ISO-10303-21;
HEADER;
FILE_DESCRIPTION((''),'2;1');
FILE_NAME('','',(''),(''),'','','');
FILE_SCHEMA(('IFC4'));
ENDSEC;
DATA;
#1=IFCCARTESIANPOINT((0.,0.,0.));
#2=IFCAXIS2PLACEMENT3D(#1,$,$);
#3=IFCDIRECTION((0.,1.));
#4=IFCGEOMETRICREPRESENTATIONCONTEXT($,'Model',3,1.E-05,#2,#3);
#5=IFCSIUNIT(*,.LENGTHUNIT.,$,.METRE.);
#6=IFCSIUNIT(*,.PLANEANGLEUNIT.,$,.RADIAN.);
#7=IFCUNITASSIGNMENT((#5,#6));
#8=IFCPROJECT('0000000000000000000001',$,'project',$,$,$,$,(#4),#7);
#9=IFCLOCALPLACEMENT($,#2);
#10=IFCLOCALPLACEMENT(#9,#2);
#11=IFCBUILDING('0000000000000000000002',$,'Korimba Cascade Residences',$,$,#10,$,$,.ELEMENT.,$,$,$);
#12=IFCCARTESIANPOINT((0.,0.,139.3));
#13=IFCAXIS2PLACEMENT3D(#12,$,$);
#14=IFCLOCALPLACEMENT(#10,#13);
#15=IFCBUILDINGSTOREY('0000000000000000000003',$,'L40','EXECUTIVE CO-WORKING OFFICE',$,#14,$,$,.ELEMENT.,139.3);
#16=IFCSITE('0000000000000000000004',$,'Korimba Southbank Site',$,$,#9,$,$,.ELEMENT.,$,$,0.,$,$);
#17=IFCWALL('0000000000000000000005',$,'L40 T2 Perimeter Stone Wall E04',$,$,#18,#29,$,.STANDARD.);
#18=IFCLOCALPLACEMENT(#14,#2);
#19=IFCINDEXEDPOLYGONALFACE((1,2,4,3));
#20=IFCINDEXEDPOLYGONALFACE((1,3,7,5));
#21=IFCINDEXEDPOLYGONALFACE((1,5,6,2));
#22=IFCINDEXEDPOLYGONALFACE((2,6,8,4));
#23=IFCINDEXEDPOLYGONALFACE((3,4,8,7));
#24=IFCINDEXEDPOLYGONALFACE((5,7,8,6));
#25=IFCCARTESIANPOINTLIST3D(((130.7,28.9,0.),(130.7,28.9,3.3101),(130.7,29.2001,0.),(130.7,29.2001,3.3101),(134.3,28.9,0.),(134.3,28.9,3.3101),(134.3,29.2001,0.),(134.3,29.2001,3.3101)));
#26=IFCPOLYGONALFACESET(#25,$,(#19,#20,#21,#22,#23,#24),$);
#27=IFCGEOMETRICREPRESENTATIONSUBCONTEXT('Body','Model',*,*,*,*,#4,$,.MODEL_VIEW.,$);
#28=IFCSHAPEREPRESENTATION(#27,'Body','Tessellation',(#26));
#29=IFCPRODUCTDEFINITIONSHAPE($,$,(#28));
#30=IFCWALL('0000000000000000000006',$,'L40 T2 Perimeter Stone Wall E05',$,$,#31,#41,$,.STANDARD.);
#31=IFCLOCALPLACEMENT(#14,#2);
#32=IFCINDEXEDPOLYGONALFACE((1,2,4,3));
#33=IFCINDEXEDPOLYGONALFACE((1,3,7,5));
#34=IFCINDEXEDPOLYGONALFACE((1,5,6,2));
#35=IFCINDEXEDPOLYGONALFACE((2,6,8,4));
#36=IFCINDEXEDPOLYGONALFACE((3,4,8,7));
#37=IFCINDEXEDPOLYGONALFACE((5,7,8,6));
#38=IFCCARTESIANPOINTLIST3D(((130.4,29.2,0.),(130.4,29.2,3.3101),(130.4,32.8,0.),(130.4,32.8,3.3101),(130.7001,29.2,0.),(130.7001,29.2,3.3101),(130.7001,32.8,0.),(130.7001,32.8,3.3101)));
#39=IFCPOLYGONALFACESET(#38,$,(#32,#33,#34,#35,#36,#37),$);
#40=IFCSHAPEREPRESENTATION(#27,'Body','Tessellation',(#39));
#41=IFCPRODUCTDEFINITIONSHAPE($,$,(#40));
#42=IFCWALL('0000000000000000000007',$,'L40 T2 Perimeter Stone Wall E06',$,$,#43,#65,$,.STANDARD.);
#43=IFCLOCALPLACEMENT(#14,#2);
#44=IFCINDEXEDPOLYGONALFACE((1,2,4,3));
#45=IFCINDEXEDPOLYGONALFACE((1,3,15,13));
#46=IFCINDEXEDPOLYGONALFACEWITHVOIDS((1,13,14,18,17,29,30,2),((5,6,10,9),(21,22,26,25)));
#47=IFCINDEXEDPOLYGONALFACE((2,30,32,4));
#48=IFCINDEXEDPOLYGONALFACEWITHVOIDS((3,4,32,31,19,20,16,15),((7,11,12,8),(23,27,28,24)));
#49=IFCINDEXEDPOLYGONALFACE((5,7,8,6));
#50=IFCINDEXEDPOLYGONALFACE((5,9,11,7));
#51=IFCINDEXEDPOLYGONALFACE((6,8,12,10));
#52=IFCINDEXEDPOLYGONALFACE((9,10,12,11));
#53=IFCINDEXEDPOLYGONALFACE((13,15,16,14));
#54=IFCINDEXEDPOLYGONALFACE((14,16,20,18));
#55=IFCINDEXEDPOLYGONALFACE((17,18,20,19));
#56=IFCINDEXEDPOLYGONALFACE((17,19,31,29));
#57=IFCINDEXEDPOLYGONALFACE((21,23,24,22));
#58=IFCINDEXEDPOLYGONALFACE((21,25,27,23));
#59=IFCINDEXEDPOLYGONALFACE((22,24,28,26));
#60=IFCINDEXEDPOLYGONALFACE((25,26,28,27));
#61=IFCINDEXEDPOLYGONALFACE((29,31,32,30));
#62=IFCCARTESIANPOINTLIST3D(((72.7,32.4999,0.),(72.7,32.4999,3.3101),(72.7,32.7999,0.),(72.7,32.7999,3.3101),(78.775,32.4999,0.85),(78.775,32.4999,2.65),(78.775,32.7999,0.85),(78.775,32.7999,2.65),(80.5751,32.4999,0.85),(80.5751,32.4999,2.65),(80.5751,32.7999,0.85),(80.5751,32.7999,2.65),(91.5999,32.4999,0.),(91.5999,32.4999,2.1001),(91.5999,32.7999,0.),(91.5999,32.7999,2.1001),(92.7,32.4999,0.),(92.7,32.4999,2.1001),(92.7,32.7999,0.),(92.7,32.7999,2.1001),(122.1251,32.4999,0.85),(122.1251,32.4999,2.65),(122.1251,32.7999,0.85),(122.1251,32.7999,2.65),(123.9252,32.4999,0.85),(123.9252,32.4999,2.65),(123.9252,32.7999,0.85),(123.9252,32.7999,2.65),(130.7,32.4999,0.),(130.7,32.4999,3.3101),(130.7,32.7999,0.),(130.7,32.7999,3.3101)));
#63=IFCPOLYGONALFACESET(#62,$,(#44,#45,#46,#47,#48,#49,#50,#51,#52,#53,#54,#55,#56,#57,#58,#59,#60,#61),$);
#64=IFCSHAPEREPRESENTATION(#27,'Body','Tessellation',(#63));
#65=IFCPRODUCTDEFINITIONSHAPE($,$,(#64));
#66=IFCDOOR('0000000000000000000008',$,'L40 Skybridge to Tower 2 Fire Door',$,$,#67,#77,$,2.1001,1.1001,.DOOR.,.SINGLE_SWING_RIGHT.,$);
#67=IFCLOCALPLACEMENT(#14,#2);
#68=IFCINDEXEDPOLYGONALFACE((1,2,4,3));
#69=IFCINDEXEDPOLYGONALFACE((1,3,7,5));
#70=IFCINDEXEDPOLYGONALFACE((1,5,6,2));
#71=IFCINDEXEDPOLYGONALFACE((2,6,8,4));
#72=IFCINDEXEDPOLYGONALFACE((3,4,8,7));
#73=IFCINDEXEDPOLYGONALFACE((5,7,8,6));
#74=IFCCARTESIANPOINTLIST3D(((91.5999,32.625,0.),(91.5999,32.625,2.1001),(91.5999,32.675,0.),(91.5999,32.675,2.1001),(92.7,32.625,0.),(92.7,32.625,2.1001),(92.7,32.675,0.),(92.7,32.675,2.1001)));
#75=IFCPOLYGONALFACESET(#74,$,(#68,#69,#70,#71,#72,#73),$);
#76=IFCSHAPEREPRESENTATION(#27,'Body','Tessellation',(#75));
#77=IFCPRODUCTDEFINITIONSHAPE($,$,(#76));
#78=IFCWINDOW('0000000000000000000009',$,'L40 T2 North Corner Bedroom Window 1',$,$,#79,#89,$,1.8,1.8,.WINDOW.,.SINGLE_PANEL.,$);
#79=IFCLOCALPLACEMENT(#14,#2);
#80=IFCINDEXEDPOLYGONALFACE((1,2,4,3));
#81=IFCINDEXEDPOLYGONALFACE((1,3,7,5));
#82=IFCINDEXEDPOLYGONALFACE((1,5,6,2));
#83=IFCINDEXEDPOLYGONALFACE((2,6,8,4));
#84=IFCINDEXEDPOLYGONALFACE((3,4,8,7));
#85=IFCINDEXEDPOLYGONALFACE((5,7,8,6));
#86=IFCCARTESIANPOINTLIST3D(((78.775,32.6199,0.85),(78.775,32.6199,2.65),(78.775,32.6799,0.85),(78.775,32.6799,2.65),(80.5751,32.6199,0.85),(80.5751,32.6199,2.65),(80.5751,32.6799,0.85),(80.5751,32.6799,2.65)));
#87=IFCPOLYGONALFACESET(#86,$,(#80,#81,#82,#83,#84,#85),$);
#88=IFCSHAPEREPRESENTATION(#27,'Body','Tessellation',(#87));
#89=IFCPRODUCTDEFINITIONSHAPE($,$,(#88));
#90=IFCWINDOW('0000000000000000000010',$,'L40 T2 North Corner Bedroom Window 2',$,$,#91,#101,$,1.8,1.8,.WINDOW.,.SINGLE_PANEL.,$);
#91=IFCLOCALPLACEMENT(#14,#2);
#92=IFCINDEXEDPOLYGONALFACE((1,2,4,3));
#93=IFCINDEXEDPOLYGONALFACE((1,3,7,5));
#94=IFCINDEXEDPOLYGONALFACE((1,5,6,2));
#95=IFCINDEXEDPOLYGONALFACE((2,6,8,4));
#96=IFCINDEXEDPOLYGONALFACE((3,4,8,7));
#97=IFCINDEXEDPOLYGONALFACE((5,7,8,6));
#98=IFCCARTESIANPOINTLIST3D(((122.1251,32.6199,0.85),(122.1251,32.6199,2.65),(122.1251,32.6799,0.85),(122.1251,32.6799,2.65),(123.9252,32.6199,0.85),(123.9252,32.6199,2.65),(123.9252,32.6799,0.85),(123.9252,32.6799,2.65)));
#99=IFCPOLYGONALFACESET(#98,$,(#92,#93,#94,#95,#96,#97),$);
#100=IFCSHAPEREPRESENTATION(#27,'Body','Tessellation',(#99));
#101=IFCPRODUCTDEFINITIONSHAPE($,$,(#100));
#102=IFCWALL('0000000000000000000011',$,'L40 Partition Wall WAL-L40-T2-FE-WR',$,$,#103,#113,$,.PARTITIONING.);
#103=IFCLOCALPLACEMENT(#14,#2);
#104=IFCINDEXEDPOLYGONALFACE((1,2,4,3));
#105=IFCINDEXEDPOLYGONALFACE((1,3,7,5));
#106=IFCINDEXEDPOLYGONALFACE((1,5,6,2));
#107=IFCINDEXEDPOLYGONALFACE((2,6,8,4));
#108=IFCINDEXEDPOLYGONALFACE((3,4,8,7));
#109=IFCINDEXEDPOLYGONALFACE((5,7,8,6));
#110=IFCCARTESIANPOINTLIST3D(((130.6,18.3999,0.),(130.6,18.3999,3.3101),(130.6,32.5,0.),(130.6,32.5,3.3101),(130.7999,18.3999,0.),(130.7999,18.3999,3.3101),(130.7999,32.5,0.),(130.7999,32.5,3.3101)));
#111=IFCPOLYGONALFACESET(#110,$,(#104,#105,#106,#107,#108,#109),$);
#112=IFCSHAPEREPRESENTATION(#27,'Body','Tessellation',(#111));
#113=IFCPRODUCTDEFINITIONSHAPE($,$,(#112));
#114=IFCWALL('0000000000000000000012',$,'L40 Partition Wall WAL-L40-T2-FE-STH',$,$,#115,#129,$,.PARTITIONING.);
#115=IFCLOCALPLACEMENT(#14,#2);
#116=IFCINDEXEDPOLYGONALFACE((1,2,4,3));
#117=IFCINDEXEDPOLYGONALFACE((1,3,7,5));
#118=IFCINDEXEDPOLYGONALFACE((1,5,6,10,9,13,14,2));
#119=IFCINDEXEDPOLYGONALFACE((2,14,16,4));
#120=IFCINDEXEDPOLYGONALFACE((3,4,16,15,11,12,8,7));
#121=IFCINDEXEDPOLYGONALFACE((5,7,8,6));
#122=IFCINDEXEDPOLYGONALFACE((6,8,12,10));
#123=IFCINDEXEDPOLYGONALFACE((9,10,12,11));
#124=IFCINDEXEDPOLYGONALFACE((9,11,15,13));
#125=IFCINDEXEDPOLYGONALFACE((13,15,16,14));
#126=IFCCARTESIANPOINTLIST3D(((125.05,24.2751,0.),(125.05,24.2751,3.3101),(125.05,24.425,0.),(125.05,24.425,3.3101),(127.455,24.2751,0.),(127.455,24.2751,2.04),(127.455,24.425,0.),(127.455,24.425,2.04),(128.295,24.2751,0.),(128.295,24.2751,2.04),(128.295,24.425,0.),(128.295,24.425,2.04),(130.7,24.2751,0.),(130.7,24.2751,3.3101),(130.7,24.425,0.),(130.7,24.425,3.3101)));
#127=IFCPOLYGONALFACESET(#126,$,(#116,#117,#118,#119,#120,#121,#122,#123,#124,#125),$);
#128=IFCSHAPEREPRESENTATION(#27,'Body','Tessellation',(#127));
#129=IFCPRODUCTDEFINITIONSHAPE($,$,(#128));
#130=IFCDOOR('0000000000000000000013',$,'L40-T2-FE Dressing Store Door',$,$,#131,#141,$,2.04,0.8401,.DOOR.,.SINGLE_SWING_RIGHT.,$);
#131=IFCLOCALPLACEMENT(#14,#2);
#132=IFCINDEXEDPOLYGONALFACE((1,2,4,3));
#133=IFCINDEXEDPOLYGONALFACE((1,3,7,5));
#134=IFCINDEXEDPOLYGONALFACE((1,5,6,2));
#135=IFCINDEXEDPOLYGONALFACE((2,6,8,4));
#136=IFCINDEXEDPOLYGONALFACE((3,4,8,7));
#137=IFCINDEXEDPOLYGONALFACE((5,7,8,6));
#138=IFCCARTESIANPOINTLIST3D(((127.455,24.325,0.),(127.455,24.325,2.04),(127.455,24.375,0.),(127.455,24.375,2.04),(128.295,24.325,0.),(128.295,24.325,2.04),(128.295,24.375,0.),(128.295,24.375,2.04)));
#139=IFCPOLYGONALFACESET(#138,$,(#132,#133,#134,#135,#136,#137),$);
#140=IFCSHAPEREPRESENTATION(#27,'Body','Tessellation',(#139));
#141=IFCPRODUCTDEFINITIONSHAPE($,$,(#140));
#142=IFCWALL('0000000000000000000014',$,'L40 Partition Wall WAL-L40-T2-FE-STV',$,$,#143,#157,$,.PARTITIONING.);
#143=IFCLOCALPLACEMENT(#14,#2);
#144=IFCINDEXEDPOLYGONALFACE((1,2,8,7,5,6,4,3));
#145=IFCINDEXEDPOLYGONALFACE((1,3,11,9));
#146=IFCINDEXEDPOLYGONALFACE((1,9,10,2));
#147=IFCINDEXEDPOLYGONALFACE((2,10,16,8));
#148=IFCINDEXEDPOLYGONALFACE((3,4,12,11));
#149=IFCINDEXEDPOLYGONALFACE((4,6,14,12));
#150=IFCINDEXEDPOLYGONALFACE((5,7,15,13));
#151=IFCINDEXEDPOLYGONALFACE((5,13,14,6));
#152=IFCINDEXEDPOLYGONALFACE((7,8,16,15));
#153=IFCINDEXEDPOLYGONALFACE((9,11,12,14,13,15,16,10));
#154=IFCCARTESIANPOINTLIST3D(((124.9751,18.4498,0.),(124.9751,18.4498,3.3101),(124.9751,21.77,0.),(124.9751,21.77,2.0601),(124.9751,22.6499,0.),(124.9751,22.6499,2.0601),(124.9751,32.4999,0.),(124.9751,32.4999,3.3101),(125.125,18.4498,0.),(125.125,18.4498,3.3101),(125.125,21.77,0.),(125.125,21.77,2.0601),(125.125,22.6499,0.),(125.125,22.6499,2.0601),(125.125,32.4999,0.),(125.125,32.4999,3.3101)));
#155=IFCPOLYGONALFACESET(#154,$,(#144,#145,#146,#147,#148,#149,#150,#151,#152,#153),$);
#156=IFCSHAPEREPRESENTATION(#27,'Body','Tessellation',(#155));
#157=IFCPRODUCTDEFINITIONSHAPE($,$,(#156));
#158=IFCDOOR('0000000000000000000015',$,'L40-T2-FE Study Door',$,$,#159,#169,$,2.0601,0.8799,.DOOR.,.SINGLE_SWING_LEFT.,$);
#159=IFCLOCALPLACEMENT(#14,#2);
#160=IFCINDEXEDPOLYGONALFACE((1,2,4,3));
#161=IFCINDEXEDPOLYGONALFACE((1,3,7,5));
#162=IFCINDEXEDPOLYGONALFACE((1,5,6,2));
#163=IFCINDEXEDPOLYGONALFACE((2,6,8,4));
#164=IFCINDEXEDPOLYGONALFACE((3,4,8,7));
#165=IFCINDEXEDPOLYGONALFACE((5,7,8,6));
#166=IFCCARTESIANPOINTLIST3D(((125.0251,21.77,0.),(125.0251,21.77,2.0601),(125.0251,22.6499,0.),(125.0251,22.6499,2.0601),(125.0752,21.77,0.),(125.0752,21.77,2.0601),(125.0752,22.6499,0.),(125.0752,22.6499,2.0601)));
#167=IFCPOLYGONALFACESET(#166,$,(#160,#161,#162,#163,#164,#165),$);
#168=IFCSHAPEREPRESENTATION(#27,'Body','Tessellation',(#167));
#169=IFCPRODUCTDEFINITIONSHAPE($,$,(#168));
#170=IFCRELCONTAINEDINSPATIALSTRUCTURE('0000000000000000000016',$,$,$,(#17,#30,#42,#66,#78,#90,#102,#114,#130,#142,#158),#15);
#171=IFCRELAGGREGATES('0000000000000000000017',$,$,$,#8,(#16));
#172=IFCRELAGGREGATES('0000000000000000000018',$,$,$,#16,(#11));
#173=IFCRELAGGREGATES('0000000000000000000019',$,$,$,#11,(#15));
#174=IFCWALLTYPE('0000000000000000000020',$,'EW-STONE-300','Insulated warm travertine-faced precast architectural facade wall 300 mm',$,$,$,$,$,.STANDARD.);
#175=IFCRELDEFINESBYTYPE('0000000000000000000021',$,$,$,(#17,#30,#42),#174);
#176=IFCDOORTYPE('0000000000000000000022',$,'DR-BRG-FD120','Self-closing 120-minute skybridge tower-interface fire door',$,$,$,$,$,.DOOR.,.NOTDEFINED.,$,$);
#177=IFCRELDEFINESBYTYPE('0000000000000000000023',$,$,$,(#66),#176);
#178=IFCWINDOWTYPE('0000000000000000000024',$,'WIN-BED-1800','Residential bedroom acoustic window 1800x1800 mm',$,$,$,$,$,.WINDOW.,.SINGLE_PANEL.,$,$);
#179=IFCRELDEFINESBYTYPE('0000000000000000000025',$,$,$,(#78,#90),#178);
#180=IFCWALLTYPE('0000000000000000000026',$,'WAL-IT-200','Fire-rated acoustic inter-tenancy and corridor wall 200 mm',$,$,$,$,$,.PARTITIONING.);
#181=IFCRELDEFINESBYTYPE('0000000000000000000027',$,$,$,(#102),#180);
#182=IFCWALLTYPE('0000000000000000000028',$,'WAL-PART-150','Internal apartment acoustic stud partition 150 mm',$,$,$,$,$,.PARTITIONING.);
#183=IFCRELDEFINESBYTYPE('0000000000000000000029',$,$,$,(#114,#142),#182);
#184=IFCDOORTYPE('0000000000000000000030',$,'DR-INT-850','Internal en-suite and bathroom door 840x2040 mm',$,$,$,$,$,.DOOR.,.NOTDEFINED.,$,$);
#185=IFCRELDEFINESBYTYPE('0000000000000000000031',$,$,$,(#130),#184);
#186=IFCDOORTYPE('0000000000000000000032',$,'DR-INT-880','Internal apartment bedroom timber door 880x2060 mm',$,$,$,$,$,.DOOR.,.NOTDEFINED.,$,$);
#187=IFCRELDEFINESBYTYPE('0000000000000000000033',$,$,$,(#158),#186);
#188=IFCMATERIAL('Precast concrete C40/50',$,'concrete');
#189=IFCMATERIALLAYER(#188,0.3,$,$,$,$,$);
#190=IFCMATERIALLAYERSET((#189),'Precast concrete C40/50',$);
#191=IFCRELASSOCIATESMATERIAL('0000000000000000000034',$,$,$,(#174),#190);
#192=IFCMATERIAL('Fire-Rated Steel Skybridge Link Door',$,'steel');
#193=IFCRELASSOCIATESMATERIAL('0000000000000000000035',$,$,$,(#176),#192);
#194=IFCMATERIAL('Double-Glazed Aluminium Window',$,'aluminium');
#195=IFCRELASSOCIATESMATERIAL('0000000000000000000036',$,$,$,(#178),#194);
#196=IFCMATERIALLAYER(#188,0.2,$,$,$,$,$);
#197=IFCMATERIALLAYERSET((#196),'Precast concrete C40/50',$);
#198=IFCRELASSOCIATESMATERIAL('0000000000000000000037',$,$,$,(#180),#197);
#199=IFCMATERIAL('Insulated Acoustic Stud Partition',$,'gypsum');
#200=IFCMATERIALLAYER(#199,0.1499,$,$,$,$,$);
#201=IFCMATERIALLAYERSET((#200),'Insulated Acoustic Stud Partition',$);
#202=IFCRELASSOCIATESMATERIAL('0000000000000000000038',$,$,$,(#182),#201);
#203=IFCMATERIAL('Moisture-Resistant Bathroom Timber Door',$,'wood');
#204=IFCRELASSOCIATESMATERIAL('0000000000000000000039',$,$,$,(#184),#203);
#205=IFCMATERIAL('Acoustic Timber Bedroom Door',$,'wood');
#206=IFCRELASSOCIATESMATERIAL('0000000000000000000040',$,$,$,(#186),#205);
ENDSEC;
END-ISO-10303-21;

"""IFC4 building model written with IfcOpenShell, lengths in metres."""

from ifc_helpers import new_model, si_unit, direction, frame, frame_2d, origin, place, context, subcontext, project, spatial, rectangle, extrude, material, layer, layer_set, type_object, element, fill, save


model = new_model("IFC4")

# Units and contexts
model_context = context("Model", 3, precision=1e-05, world=origin(), true_north=direction((0.0, 1.0)))
body_context = subcontext(model_context, "Body", "Model", "MODEL_VIEW")
ifc_project = project(units=[si_unit("LENGTHUNIT", "METRE"), si_unit("PLANEANGLEUNIT", "RADIAN")], contexts=[model_context])

# Site, building, storey
site_placement = place(None, origin())
site = spatial("IfcSite", under=ifc_project, at=site_placement, Name="Korimba Southbank Site", CompositionType="ELEMENT", RefElevation=0.0)
building_placement = place(site_placement, origin())
building = spatial("IfcBuilding", under=site, at=building_placement, Name="Korimba Cascade Residences", CompositionType="ELEMENT")
storey_placement = place(building_placement, frame((0.0, 0.0, 139.3)))
storey = spatial("IfcBuildingStorey", under=building, at=storey_placement, Name="L40", Description="EXECUTIVE CO-WORKING OFFICE", CompositionType="ELEMENT", Elevation=139.3)

# Walls
ifc_material_1 = material(Name="Precast concrete C40/50", Category="concrete")
ifc_layer_1 = layer(ifc_material_1, 0.3)
ifc_layer_set_1 = layer_set([ifc_layer_1], Name="Precast concrete C40/50")
wall_type_1 = type_object("IfcWallType", Name="EW-STONE-300", Description="Insulated warm travertine-faced precast architectural facade wall 300 mm", PredefinedType="STANDARD", material=ifc_layer_set_1)
for number, where, z_axis, x_axis, name in (
    (1, (134.3, 29.05, 0.0), (0.0, 0.0, 1.0), (-1.0, 0.0, 0.0), "L40 T2 Perimeter Stone Wall E04"),
    (2, (130.55, 29.2, 0.0), (0.0, 0.0, 1.0), (0.0, 1.0, 0.0), "L40 T2 Perimeter Stone Wall E05"),
):
    element("IfcWall", number, at=place(storey_placement, frame(where, z_axis=z_axis, x_axis=x_axis)), inside=storey, type_object=wall_type_1, Name=name, PredefinedType="STANDARD", context=body_context, shape_type="SweptSolid", body=[
        extrude(rectangle(XDim=3.6001, YDim=0.3, at=frame_2d((1.8, 0.0))), origin(), (0.0, 0.0, 1.0), 3.3101),
    ])

# Wall, openings, door, windows
wall_1_placement = place(storey_placement, frame((130.7, 32.6499, 0.0), z_axis=(0.0, 0.0, 1.0), x_axis=(-1.0, 0.0, 0.0)))
wall_1 = element("IfcWall", 3, at=wall_1_placement, inside=storey, type_object=wall_type_1, Name="L40 T2 Perimeter Stone Wall E06", PredefinedType="STANDARD", context=body_context, shape_type="SweptSolid", body=[
    extrude(rectangle(XDim=58.0, YDim=0.3, at=frame_2d((29.0, 0.0))), origin(), (0.0, 0.0, 1.0), 3.3101),
])
opening_1_placement = place(wall_1_placement, frame((50.125, 0.0, 0.8501)))
opening_1 = element("IfcOpeningElement", 4, at=opening_1_placement, cuts=wall_1, PredefinedType="OPENING", context=body_context, shape_type="SweptSolid", body=[
    extrude(rectangle(XDim=1.8, YDim=1.8, at=frame_2d((0.8999, 0.8999))), frame((0.0, 0.1602, 0.0), z_axis=(0.0, -1.0, 0.0), x_axis=(1.0, 0.0, 0.0)), (0.0, 0.0, 1.0), 0.3201),
])
opening_2_placement = place(wall_1_placement, frame((6.7749, 0.0, 0.8501)))
opening_2 = element("IfcOpeningElement", 5, at=opening_2_placement, cuts=wall_1, PredefinedType="OPENING", context=body_context, shape_type="SweptSolid", body=[
    extrude(rectangle(XDim=1.8, YDim=1.8, at=frame_2d((0.8999, 0.8999))), frame((0.0, 0.1602, 0.0), z_axis=(0.0, -1.0, 0.0), x_axis=(1.0, 0.0, 0.0)), (0.0, 0.0, 1.0), 0.3201),
])
opening_3_placement = place(wall_1_placement, frame((38.0, 0.0, 0.0)))
opening_3 = element("IfcOpeningElement", 6, at=opening_3_placement, cuts=wall_1, PredefinedType="OPENING", context=body_context, shape_type="SweptSolid", body=[
    extrude(rectangle(XDim=1.1001, YDim=2.1001, at=frame_2d((0.55, 1.05))), frame((0.0, 0.1602, 0.0), z_axis=(0.0, -1.0, 0.0), x_axis=(1.0, 0.0, 0.0)), (0.0, 0.0, 1.0), 0.3201),
])
ifc_material_2 = material(Name="Fire-Rated Steel Skybridge Link Door", Category="steel")
door_type_1 = type_object("IfcDoorType", Name="DR-BRG-FD120", Description="Self-closing 120-minute skybridge tower-interface fire door", OperationType="NOTDEFINED", PredefinedType="DOOR", material=ifc_material_2)
door_1_placement = place(opening_3_placement, origin())
door_1 = element("IfcDoor", 7, at=door_1_placement, inside=storey, type_object=door_type_1, Name="L40 Skybridge to Tower 2 Fire Door", OperationType="SINGLE_SWING_RIGHT", OverallHeight=2.1001, OverallWidth=1.1001, PredefinedType="DOOR", context=body_context, shape_type="SweptSolid", body=[
    extrude(rectangle(XDim=1.1001, YDim=2.1001, at=frame_2d((0.55, 1.05))), frame((0.0, 0.0249, 0.0), z_axis=(0.0, -1.0, 0.0), x_axis=(1.0, 0.0, 0.0)), (0.0, 0.0, 1.0), 0.05),
])
fill(opening_3, door_1)
ifc_material_3 = material(Name="Double-Glazed Aluminium Window", Category="aluminium")
window_type = type_object("IfcWindowType", Name="WIN-BED-1800", Description="Residential bedroom acoustic window 1800x1800 mm", PartitioningType="SINGLE_PANEL", PredefinedType="WINDOW", material=ifc_material_3)
window_1_placement = place(opening_1_placement, origin())
window_1 = element("IfcWindow", 8, at=window_1_placement, inside=storey, type_object=window_type, Name="L40 T2 North Corner Bedroom Window 1", OverallHeight=1.8, OverallWidth=1.8, PartitioningType="SINGLE_PANEL", PredefinedType="WINDOW", context=body_context, shape_type="SweptSolid", body=[
    extrude(rectangle(XDim=1.8, YDim=1.8, at=frame_2d((0.8999, 0.8999))), frame((0.0, 0.03, 0.0), z_axis=(0.0, -1.0, 0.0), x_axis=(1.0, 0.0, 0.0)), (0.0, 0.0, 1.0), 0.0601),
])
fill(opening_1, window_1)
window_2_placement = place(opening_2_placement, origin())
window_2 = element("IfcWindow", 9, at=window_2_placement, inside=storey, type_object=window_type, Name="L40 T2 North Corner Bedroom Window 2", OverallHeight=1.8, OverallWidth=1.8, PartitioningType="SINGLE_PANEL", PredefinedType="WINDOW", context=body_context, shape_type="SweptSolid", body=[
    extrude(rectangle(XDim=1.8, YDim=1.8, at=frame_2d((0.8999, 0.8999))), frame((0.0, 0.03, 0.0), z_axis=(0.0, -1.0, 0.0), x_axis=(1.0, 0.0, 0.0)), (0.0, 0.0, 1.0), 0.0601),
])
fill(opening_2, window_2)

# Wall
ifc_layer_2 = layer(ifc_material_1, 0.2)
ifc_layer_set_2 = layer_set([ifc_layer_2], Name="Precast concrete C40/50")
wall_type_2 = type_object("IfcWallType", Name="WAL-IT-200", Description="Fire-rated acoustic inter-tenancy and corridor wall 200 mm", PredefinedType="PARTITIONING", material=ifc_layer_set_2)
wall_2_placement = place(storey_placement, frame((130.7, 18.3999, 0.0), z_axis=(0.0, 0.0, 1.0), x_axis=(0.0, 1.0, 0.0)))
element("IfcWall", 10, at=wall_2_placement, inside=storey, type_object=wall_type_2, Name="L40 Partition Wall WAL-L40-T2-FE-WR", PredefinedType="PARTITIONING", context=body_context, shape_type="SweptSolid", body=[
    extrude(rectangle(XDim=14.1001, YDim=0.2, at=frame_2d((7.05, 0.0))), origin(), (0.0, 0.0, 1.0), 3.3101),
])

# Walls, openings, doors
ifc_material_4 = material(Name="Insulated Acoustic Stud Partition", Category="gypsum")
ifc_layer_3 = layer(ifc_material_4, 0.1499)
ifc_layer_set_3 = layer_set([ifc_layer_3], Name="Insulated Acoustic Stud Partition")
wall_type_3 = type_object("IfcWallType", Name="WAL-PART-150", Description="Internal apartment acoustic stud partition 150 mm", PredefinedType="PARTITIONING", material=ifc_layer_set_3)
wall_3_placement = place(storey_placement, frame((125.05, 24.3501, 0.0), z_axis=(0.0, 0.0, 1.0), x_axis=(1.0, 0.0, 0.0)))
wall_3 = element("IfcWall", 11, at=wall_3_placement, inside=storey, type_object=wall_type_3, Name="L40 Partition Wall WAL-L40-T2-FE-STH", PredefinedType="PARTITIONING", context=body_context, shape_type="SweptSolid", body=[
    extrude(rectangle(XDim=5.6499, YDim=0.1499, at=frame_2d((2.825, 0.0))), origin(), (0.0, 0.0, 1.0), 3.3101),
])
opening_4_placement = place(wall_3_placement, frame((2.405, 0.0, 0.0)))
opening_4 = element("IfcOpeningElement", 12, at=opening_4_placement, cuts=wall_3, PredefinedType="OPENING", context=body_context, shape_type="SweptSolid", body=[
    extrude(rectangle(XDim=0.8401, YDim=2.04, at=frame_2d((0.4199, 1.02))), frame((0.0, 0.085, 0.0), z_axis=(0.0, -1.0, 0.0), x_axis=(1.0, 0.0, 0.0)), (0.0, 0.0, 1.0), 0.1699),
])
ifc_material_5 = material(Name="Moisture-Resistant Bathroom Timber Door", Category="wood")
door_type_2 = type_object("IfcDoorType", Name="DR-INT-850", Description="Internal en-suite and bathroom door 840x2040 mm", OperationType="NOTDEFINED", PredefinedType="DOOR", material=ifc_material_5)
door_2_placement = place(opening_4_placement, origin())
door_2 = element("IfcDoor", 13, at=door_2_placement, inside=storey, type_object=door_type_2, Name="L40-T2-FE Dressing Store Door", OperationType="SINGLE_SWING_RIGHT", OverallHeight=2.04, OverallWidth=0.8401, PredefinedType="DOOR", context=body_context, shape_type="SweptSolid", body=[
    extrude(rectangle(XDim=0.8401, YDim=2.04, at=frame_2d((0.4199, 1.02))), frame((0.0, 0.0249, 0.0), z_axis=(0.0, -1.0, 0.0), x_axis=(1.0, 0.0, 0.0)), (0.0, 0.0, 1.0), 0.05),
])
fill(opening_4, door_2)
wall_4_placement = place(storey_placement, frame((125.05, 18.45, 0.0), z_axis=(0.0, 0.0, 1.0), x_axis=(0.0, 1.0, 0.0)))
wall_4 = element("IfcWall", 14, at=wall_4_placement, inside=storey, type_object=wall_type_3, Name="L40 Partition Wall WAL-L40-T2-FE-STV", PredefinedType="PARTITIONING", context=body_context, shape_type="SweptSolid", body=[
    extrude(rectangle(XDim=14.05, YDim=0.1499, at=frame_2d((7.0249, 0.0))), origin(), (0.0, 0.0, 1.0), 3.3101),
])
opening_5_placement = place(wall_4_placement, frame((3.3201, 0.0, 0.0)))
opening_5 = element("IfcOpeningElement", 15, at=opening_5_placement, cuts=wall_4, PredefinedType="OPENING", context=body_context, shape_type="SweptSolid", body=[
    extrude(rectangle(XDim=0.8799, YDim=2.0601, at=frame_2d((0.4399, 1.03))), frame((0.0, 0.085, 0.0), z_axis=(0.0, -1.0, 0.0), x_axis=(1.0, 0.0, 0.0)), (0.0, 0.0, 1.0), 0.1699),
])
ifc_material_6 = material(Name="Acoustic Timber Bedroom Door", Category="wood")
door_type_3 = type_object("IfcDoorType", Name="DR-INT-880", Description="Internal apartment bedroom timber door 880x2060 mm", OperationType="NOTDEFINED", PredefinedType="DOOR", material=ifc_material_6)
door_3_placement = place(opening_5_placement, origin())
door_3 = element("IfcDoor", 16, at=door_3_placement, inside=storey, type_object=door_type_3, Name="L40-T2-FE Study Door", OperationType="SINGLE_SWING_LEFT", OverallHeight=2.0601, OverallWidth=0.8799, PredefinedType="DOOR", context=body_context, shape_type="SweptSolid", body=[
    extrude(rectangle(XDim=0.8799, YDim=2.0601, at=frame_2d((0.4399, 1.03))), frame((0.0, 0.0249, 0.0), z_axis=(0.0, -1.0, 0.0), x_axis=(1.0, 0.0, 0.0)), (0.0, 0.0, 1.0), 0.05),
])
fill(opening_5, door_3)

save(model, "model.ifc")
